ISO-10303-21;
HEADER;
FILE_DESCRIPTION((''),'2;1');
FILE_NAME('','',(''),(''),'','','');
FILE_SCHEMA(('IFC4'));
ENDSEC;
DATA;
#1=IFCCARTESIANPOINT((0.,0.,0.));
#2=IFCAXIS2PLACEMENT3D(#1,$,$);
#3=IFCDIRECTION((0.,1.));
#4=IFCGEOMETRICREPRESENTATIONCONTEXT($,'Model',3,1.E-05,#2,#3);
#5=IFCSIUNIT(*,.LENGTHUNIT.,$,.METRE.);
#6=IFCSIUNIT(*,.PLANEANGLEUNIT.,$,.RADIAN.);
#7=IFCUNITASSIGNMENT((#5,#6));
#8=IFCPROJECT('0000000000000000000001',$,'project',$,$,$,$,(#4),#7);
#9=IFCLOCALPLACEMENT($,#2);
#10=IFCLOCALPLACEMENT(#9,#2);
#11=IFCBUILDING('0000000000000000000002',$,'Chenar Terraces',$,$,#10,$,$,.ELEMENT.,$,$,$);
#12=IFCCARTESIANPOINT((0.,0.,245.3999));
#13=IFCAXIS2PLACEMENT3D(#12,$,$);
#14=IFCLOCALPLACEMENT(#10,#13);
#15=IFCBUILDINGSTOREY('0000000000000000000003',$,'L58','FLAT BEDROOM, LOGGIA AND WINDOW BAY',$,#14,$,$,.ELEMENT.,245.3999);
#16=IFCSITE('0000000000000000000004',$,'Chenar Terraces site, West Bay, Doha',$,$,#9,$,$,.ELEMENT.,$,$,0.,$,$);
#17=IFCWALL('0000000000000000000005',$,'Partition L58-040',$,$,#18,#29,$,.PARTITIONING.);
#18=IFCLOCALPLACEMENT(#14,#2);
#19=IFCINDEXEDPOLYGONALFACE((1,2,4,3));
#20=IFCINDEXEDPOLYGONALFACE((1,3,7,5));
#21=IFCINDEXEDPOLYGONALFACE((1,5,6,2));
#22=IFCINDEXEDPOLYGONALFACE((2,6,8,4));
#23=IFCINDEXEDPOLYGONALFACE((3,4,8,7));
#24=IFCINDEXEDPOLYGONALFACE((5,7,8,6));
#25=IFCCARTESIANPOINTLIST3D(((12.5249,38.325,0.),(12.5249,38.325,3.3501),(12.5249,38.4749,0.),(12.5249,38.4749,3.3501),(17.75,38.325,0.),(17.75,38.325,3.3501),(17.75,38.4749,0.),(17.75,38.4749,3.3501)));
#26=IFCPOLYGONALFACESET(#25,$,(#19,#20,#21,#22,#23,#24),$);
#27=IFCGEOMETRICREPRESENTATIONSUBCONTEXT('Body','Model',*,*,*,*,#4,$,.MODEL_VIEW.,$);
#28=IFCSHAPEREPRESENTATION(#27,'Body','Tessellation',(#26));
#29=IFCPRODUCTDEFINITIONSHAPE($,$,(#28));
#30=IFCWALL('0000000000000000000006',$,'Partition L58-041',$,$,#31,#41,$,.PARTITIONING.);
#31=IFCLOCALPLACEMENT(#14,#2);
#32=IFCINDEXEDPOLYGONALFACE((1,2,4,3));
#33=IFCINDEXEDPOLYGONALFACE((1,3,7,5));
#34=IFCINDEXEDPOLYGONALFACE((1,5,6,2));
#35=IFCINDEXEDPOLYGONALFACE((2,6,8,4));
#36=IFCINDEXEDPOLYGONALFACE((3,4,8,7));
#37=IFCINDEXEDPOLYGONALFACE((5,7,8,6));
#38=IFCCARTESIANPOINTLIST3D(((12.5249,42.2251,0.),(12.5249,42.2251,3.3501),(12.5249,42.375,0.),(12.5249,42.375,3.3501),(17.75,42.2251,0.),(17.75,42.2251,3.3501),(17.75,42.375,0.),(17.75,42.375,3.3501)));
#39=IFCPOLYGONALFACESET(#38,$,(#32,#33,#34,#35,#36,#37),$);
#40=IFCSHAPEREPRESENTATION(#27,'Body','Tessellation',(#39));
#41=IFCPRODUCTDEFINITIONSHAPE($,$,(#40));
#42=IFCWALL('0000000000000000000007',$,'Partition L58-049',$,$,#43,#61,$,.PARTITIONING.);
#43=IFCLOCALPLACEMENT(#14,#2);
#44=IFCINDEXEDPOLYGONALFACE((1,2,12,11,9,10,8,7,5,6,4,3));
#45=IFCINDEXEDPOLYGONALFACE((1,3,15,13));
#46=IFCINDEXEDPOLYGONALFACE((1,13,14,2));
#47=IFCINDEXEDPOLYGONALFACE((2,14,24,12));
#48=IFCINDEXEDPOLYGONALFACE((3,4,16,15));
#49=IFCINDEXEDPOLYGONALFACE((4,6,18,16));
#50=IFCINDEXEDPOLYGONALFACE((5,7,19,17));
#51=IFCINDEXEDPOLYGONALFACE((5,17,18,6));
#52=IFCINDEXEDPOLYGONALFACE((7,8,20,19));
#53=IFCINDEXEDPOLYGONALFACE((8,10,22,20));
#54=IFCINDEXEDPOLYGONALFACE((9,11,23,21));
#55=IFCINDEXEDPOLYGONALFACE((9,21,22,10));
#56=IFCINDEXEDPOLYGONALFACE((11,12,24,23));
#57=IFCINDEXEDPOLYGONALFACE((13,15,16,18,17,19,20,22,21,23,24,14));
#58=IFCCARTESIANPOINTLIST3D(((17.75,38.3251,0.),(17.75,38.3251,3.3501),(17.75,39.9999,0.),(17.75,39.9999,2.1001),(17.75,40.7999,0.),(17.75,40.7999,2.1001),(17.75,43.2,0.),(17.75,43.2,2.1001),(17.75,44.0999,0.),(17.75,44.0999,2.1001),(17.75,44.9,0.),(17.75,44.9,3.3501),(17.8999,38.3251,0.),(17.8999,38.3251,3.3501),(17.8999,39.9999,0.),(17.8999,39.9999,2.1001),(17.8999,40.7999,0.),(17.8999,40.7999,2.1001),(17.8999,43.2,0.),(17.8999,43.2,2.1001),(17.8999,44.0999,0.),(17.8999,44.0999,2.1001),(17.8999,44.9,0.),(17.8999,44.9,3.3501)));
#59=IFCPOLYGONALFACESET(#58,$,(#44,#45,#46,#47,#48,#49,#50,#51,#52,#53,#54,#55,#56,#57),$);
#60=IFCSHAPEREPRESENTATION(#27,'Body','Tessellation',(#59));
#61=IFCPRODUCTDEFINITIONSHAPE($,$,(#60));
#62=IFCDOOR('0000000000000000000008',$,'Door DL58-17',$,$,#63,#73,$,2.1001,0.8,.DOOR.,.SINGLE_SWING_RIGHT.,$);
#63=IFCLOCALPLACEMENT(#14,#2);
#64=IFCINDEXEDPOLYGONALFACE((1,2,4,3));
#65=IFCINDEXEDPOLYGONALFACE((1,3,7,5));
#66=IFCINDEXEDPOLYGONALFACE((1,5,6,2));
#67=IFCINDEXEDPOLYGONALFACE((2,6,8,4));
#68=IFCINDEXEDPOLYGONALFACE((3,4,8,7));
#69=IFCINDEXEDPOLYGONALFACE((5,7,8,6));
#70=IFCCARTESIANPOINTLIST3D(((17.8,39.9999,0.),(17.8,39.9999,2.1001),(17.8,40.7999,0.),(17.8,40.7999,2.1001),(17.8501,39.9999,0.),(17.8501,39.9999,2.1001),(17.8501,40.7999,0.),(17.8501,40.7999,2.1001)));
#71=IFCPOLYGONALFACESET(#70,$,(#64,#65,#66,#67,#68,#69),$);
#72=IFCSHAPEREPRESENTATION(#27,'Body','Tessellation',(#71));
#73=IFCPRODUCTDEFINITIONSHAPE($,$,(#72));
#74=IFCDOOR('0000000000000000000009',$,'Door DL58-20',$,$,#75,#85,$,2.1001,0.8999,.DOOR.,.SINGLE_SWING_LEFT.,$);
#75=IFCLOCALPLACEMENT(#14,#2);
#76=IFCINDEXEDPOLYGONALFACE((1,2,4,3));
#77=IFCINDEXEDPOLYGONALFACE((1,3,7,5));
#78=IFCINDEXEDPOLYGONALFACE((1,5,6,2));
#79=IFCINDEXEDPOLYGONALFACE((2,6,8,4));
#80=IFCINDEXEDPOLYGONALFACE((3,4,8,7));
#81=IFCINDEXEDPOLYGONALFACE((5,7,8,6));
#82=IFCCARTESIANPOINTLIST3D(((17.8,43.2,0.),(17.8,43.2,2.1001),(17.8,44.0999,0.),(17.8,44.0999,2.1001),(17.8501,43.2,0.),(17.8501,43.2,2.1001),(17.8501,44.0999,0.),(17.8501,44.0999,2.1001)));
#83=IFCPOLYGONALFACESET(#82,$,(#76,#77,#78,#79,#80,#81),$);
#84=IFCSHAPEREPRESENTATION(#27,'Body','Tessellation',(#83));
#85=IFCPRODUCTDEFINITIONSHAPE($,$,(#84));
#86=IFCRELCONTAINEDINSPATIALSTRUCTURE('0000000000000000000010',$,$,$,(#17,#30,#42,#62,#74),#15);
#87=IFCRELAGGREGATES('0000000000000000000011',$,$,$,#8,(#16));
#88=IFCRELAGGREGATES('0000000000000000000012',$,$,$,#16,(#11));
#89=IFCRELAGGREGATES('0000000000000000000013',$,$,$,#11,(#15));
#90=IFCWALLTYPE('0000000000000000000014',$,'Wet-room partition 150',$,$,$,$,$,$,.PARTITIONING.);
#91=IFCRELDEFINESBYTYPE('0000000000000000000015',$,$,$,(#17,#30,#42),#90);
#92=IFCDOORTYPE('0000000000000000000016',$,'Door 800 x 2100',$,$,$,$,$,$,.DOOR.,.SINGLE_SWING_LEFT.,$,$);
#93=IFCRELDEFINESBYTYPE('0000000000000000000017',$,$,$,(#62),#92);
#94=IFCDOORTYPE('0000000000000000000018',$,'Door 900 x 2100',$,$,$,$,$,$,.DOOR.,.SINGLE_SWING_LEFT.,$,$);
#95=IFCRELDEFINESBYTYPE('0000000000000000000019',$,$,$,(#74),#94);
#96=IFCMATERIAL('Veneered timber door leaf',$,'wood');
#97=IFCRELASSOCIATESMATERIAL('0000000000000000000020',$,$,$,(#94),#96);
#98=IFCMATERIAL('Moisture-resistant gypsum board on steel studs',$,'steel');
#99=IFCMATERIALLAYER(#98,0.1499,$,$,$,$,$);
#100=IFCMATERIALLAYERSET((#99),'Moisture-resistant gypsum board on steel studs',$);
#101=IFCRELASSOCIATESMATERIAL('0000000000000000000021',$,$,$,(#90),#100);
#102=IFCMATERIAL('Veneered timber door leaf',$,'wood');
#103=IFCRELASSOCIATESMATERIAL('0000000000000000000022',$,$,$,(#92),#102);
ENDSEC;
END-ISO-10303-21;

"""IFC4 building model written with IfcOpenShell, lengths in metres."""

from ifc_helpers import new_model, si_unit, direction, frame, frame_2d, origin, place, context, subcontext, project, spatial, rectangle, extrude, material, layer, layer_set, type_object, element, fill, save


model = new_model("IFC4")

# Units and contexts
model_context = context("Model", 3, precision=1e-05, world=origin(), true_north=direction((0.0, 1.0)))
body_context = subcontext(model_context, "Body", "Model", "MODEL_VIEW")
ifc_project = project(units=[si_unit("LENGTHUNIT", "METRE"), si_unit("PLANEANGLEUNIT", "RADIAN")], contexts=[model_context])

# Site, building, storey
site_placement = place(None, origin())
site = spatial("IfcSite", under=ifc_project, at=site_placement, Name="Chenar Terraces site, West Bay, Doha", CompositionType="ELEMENT", RefElevation=0.0)
building_placement = place(site_placement, origin())
building = spatial("IfcBuilding", under=site, at=building_placement, Name="Chenar Terraces", CompositionType="ELEMENT")
storey_placement = place(building_placement, frame((0.0, 0.0, 245.3999)))
storey = spatial("IfcBuildingStorey", under=building, at=storey_placement, Name="L58", Description="FLAT BEDROOM, LOGGIA AND WINDOW BAY", CompositionType="ELEMENT", Elevation=245.3999)

# Shared definitions
ifc_material_1 = material(Name="Veneered timber door leaf", Category="wood")
door_type_1 = type_object("IfcDoorType", Name="Door 900 x 2100", OperationType="SINGLE_SWING_LEFT", PredefinedType="DOOR", material=ifc_material_1)

# Walls
ifc_material_2 = material(Name="Moisture-resistant gypsum board on steel studs", Category="steel")
ifc_layer_1 = layer(ifc_material_2, 0.1499)
ifc_layer_set_1 = layer_set([ifc_layer_1], Name="Moisture-resistant gypsum board on steel studs")
wall_type_1 = type_object("IfcWallType", Name="Wet-room partition 150", PredefinedType="PARTITIONING", material=ifc_layer_set_1)
for number, where, z_axis, x_axis, name in (
    (1, (12.5249, 38.3999, 0.0), (0.0, 0.0, 1.0), (1.0, 0.0, 0.0), "Partition L58-040"),
    (2, (12.5249, 42.3, 0.0), (0.0, 0.0, 1.0), (1.0, 0.0, 0.0), "Partition L58-041"),
):
    element("IfcWall", number, at=place(storey_placement, frame(where, z_axis=z_axis, x_axis=x_axis)), inside=storey, type_object=wall_type_1, Name=name, PredefinedType="PARTITIONING", context=body_context, shape_type="SweptSolid", body=[
        extrude(rectangle(XDim=5.2251, YDim=0.1499, at=frame_2d((2.6125, 0.0))), origin(), (0.0, 0.0, 1.0), 3.3501),
    ])

# Wall, openings, doors
wall_1_placement = place(storey_placement, frame((17.825, 38.325, 0.0), z_axis=(0.0, 0.0, 1.0), x_axis=(0.0, 1.0, 0.0)))
wall_1 = element("IfcWall", 3, at=wall_1_placement, inside=storey, type_object=wall_type_1, Name="Partition L58-049", PredefinedType="PARTITIONING", context=body_context, shape_type="SweptSolid", body=[
    extrude(rectangle(XDim=6.575, YDim=0.1499, at=frame_2d((3.2876, 0.0))), origin(), (0.0, 0.0, 1.0), 3.3501),
])
opening_1_placement = place(wall_1_placement, frame((1.675, 0.0, 0.0)))
opening_1 = element("IfcOpeningElement", 4, at=opening_1_placement, cuts=wall_1, PredefinedType="OPENING", context=body_context, shape_type="SweptSolid", body=[
    extrude(rectangle(XDim=0.8, YDim=2.1001, at=frame_2d((0.3999, 1.05))), frame((0.0, 0.085, 0.0), z_axis=(0.0, -1.0, 0.0), x_axis=(1.0, 0.0, 0.0)), (0.0, 0.0, 1.0), 0.1699),
])
opening_2_placement = place(wall_1_placement, frame((4.875, 0.0, 0.0)))
opening_2 = element("IfcOpeningElement", 5, at=opening_2_placement, cuts=wall_1, PredefinedType="OPENING", context=body_context, shape_type="SweptSolid", body=[
    extrude(rectangle(XDim=0.8999, YDim=2.1001, at=frame_2d((0.45, 1.05))), frame((0.0, 0.085, 0.0), z_axis=(0.0, -1.0, 0.0), x_axis=(1.0, 0.0, 0.0)), (0.0, 0.0, 1.0), 0.1699),
])
ifc_material_3 = material(Name="Veneered timber door leaf", Category="wood")
door_type_2 = type_object("IfcDoorType", Name="Door 800 x 2100", OperationType="SINGLE_SWING_LEFT", PredefinedType="DOOR", material=ifc_material_3)
door_1_placement = place(opening_1_placement, origin())
door_1 = element("IfcDoor", 6, at=door_1_placement, inside=storey, type_object=door_type_2, Name="Door DL58-17", OperationType="SINGLE_SWING_RIGHT", OverallHeight=2.1001, OverallWidth=0.8, PredefinedType="DOOR", context=body_context, shape_type="SweptSolid", body=[
    extrude(rectangle(XDim=0.8, YDim=2.1001, at=frame_2d((0.3999, 1.05))), frame((0.0, 0.0249, 0.0), z_axis=(0.0, -1.0, 0.0), x_axis=(1.0, 0.0, 0.0)), (0.0, 0.0, 1.0), 0.05),
])
fill(opening_1, door_1)
door_2_placement = place(opening_2_placement, origin())
door_2 = element("IfcDoor", 7, at=door_2_placement, inside=storey, type_object=door_type_1, Name="Door DL58-20", OperationType="SINGLE_SWING_LEFT", OverallHeight=2.1001, OverallWidth=0.8999, PredefinedType="DOOR", context=body_context, shape_type="SweptSolid", body=[
    extrude(rectangle(XDim=0.8999, YDim=2.1001, at=frame_2d((0.45, 1.05))), frame((0.0, 0.0249, 0.0), z_axis=(0.0, -1.0, 0.0), x_axis=(1.0, 0.0, 0.0)), (0.0, 0.0, 1.0), 0.05),
])
fill(opening_2, door_2)

save(model, "model.ifc")
